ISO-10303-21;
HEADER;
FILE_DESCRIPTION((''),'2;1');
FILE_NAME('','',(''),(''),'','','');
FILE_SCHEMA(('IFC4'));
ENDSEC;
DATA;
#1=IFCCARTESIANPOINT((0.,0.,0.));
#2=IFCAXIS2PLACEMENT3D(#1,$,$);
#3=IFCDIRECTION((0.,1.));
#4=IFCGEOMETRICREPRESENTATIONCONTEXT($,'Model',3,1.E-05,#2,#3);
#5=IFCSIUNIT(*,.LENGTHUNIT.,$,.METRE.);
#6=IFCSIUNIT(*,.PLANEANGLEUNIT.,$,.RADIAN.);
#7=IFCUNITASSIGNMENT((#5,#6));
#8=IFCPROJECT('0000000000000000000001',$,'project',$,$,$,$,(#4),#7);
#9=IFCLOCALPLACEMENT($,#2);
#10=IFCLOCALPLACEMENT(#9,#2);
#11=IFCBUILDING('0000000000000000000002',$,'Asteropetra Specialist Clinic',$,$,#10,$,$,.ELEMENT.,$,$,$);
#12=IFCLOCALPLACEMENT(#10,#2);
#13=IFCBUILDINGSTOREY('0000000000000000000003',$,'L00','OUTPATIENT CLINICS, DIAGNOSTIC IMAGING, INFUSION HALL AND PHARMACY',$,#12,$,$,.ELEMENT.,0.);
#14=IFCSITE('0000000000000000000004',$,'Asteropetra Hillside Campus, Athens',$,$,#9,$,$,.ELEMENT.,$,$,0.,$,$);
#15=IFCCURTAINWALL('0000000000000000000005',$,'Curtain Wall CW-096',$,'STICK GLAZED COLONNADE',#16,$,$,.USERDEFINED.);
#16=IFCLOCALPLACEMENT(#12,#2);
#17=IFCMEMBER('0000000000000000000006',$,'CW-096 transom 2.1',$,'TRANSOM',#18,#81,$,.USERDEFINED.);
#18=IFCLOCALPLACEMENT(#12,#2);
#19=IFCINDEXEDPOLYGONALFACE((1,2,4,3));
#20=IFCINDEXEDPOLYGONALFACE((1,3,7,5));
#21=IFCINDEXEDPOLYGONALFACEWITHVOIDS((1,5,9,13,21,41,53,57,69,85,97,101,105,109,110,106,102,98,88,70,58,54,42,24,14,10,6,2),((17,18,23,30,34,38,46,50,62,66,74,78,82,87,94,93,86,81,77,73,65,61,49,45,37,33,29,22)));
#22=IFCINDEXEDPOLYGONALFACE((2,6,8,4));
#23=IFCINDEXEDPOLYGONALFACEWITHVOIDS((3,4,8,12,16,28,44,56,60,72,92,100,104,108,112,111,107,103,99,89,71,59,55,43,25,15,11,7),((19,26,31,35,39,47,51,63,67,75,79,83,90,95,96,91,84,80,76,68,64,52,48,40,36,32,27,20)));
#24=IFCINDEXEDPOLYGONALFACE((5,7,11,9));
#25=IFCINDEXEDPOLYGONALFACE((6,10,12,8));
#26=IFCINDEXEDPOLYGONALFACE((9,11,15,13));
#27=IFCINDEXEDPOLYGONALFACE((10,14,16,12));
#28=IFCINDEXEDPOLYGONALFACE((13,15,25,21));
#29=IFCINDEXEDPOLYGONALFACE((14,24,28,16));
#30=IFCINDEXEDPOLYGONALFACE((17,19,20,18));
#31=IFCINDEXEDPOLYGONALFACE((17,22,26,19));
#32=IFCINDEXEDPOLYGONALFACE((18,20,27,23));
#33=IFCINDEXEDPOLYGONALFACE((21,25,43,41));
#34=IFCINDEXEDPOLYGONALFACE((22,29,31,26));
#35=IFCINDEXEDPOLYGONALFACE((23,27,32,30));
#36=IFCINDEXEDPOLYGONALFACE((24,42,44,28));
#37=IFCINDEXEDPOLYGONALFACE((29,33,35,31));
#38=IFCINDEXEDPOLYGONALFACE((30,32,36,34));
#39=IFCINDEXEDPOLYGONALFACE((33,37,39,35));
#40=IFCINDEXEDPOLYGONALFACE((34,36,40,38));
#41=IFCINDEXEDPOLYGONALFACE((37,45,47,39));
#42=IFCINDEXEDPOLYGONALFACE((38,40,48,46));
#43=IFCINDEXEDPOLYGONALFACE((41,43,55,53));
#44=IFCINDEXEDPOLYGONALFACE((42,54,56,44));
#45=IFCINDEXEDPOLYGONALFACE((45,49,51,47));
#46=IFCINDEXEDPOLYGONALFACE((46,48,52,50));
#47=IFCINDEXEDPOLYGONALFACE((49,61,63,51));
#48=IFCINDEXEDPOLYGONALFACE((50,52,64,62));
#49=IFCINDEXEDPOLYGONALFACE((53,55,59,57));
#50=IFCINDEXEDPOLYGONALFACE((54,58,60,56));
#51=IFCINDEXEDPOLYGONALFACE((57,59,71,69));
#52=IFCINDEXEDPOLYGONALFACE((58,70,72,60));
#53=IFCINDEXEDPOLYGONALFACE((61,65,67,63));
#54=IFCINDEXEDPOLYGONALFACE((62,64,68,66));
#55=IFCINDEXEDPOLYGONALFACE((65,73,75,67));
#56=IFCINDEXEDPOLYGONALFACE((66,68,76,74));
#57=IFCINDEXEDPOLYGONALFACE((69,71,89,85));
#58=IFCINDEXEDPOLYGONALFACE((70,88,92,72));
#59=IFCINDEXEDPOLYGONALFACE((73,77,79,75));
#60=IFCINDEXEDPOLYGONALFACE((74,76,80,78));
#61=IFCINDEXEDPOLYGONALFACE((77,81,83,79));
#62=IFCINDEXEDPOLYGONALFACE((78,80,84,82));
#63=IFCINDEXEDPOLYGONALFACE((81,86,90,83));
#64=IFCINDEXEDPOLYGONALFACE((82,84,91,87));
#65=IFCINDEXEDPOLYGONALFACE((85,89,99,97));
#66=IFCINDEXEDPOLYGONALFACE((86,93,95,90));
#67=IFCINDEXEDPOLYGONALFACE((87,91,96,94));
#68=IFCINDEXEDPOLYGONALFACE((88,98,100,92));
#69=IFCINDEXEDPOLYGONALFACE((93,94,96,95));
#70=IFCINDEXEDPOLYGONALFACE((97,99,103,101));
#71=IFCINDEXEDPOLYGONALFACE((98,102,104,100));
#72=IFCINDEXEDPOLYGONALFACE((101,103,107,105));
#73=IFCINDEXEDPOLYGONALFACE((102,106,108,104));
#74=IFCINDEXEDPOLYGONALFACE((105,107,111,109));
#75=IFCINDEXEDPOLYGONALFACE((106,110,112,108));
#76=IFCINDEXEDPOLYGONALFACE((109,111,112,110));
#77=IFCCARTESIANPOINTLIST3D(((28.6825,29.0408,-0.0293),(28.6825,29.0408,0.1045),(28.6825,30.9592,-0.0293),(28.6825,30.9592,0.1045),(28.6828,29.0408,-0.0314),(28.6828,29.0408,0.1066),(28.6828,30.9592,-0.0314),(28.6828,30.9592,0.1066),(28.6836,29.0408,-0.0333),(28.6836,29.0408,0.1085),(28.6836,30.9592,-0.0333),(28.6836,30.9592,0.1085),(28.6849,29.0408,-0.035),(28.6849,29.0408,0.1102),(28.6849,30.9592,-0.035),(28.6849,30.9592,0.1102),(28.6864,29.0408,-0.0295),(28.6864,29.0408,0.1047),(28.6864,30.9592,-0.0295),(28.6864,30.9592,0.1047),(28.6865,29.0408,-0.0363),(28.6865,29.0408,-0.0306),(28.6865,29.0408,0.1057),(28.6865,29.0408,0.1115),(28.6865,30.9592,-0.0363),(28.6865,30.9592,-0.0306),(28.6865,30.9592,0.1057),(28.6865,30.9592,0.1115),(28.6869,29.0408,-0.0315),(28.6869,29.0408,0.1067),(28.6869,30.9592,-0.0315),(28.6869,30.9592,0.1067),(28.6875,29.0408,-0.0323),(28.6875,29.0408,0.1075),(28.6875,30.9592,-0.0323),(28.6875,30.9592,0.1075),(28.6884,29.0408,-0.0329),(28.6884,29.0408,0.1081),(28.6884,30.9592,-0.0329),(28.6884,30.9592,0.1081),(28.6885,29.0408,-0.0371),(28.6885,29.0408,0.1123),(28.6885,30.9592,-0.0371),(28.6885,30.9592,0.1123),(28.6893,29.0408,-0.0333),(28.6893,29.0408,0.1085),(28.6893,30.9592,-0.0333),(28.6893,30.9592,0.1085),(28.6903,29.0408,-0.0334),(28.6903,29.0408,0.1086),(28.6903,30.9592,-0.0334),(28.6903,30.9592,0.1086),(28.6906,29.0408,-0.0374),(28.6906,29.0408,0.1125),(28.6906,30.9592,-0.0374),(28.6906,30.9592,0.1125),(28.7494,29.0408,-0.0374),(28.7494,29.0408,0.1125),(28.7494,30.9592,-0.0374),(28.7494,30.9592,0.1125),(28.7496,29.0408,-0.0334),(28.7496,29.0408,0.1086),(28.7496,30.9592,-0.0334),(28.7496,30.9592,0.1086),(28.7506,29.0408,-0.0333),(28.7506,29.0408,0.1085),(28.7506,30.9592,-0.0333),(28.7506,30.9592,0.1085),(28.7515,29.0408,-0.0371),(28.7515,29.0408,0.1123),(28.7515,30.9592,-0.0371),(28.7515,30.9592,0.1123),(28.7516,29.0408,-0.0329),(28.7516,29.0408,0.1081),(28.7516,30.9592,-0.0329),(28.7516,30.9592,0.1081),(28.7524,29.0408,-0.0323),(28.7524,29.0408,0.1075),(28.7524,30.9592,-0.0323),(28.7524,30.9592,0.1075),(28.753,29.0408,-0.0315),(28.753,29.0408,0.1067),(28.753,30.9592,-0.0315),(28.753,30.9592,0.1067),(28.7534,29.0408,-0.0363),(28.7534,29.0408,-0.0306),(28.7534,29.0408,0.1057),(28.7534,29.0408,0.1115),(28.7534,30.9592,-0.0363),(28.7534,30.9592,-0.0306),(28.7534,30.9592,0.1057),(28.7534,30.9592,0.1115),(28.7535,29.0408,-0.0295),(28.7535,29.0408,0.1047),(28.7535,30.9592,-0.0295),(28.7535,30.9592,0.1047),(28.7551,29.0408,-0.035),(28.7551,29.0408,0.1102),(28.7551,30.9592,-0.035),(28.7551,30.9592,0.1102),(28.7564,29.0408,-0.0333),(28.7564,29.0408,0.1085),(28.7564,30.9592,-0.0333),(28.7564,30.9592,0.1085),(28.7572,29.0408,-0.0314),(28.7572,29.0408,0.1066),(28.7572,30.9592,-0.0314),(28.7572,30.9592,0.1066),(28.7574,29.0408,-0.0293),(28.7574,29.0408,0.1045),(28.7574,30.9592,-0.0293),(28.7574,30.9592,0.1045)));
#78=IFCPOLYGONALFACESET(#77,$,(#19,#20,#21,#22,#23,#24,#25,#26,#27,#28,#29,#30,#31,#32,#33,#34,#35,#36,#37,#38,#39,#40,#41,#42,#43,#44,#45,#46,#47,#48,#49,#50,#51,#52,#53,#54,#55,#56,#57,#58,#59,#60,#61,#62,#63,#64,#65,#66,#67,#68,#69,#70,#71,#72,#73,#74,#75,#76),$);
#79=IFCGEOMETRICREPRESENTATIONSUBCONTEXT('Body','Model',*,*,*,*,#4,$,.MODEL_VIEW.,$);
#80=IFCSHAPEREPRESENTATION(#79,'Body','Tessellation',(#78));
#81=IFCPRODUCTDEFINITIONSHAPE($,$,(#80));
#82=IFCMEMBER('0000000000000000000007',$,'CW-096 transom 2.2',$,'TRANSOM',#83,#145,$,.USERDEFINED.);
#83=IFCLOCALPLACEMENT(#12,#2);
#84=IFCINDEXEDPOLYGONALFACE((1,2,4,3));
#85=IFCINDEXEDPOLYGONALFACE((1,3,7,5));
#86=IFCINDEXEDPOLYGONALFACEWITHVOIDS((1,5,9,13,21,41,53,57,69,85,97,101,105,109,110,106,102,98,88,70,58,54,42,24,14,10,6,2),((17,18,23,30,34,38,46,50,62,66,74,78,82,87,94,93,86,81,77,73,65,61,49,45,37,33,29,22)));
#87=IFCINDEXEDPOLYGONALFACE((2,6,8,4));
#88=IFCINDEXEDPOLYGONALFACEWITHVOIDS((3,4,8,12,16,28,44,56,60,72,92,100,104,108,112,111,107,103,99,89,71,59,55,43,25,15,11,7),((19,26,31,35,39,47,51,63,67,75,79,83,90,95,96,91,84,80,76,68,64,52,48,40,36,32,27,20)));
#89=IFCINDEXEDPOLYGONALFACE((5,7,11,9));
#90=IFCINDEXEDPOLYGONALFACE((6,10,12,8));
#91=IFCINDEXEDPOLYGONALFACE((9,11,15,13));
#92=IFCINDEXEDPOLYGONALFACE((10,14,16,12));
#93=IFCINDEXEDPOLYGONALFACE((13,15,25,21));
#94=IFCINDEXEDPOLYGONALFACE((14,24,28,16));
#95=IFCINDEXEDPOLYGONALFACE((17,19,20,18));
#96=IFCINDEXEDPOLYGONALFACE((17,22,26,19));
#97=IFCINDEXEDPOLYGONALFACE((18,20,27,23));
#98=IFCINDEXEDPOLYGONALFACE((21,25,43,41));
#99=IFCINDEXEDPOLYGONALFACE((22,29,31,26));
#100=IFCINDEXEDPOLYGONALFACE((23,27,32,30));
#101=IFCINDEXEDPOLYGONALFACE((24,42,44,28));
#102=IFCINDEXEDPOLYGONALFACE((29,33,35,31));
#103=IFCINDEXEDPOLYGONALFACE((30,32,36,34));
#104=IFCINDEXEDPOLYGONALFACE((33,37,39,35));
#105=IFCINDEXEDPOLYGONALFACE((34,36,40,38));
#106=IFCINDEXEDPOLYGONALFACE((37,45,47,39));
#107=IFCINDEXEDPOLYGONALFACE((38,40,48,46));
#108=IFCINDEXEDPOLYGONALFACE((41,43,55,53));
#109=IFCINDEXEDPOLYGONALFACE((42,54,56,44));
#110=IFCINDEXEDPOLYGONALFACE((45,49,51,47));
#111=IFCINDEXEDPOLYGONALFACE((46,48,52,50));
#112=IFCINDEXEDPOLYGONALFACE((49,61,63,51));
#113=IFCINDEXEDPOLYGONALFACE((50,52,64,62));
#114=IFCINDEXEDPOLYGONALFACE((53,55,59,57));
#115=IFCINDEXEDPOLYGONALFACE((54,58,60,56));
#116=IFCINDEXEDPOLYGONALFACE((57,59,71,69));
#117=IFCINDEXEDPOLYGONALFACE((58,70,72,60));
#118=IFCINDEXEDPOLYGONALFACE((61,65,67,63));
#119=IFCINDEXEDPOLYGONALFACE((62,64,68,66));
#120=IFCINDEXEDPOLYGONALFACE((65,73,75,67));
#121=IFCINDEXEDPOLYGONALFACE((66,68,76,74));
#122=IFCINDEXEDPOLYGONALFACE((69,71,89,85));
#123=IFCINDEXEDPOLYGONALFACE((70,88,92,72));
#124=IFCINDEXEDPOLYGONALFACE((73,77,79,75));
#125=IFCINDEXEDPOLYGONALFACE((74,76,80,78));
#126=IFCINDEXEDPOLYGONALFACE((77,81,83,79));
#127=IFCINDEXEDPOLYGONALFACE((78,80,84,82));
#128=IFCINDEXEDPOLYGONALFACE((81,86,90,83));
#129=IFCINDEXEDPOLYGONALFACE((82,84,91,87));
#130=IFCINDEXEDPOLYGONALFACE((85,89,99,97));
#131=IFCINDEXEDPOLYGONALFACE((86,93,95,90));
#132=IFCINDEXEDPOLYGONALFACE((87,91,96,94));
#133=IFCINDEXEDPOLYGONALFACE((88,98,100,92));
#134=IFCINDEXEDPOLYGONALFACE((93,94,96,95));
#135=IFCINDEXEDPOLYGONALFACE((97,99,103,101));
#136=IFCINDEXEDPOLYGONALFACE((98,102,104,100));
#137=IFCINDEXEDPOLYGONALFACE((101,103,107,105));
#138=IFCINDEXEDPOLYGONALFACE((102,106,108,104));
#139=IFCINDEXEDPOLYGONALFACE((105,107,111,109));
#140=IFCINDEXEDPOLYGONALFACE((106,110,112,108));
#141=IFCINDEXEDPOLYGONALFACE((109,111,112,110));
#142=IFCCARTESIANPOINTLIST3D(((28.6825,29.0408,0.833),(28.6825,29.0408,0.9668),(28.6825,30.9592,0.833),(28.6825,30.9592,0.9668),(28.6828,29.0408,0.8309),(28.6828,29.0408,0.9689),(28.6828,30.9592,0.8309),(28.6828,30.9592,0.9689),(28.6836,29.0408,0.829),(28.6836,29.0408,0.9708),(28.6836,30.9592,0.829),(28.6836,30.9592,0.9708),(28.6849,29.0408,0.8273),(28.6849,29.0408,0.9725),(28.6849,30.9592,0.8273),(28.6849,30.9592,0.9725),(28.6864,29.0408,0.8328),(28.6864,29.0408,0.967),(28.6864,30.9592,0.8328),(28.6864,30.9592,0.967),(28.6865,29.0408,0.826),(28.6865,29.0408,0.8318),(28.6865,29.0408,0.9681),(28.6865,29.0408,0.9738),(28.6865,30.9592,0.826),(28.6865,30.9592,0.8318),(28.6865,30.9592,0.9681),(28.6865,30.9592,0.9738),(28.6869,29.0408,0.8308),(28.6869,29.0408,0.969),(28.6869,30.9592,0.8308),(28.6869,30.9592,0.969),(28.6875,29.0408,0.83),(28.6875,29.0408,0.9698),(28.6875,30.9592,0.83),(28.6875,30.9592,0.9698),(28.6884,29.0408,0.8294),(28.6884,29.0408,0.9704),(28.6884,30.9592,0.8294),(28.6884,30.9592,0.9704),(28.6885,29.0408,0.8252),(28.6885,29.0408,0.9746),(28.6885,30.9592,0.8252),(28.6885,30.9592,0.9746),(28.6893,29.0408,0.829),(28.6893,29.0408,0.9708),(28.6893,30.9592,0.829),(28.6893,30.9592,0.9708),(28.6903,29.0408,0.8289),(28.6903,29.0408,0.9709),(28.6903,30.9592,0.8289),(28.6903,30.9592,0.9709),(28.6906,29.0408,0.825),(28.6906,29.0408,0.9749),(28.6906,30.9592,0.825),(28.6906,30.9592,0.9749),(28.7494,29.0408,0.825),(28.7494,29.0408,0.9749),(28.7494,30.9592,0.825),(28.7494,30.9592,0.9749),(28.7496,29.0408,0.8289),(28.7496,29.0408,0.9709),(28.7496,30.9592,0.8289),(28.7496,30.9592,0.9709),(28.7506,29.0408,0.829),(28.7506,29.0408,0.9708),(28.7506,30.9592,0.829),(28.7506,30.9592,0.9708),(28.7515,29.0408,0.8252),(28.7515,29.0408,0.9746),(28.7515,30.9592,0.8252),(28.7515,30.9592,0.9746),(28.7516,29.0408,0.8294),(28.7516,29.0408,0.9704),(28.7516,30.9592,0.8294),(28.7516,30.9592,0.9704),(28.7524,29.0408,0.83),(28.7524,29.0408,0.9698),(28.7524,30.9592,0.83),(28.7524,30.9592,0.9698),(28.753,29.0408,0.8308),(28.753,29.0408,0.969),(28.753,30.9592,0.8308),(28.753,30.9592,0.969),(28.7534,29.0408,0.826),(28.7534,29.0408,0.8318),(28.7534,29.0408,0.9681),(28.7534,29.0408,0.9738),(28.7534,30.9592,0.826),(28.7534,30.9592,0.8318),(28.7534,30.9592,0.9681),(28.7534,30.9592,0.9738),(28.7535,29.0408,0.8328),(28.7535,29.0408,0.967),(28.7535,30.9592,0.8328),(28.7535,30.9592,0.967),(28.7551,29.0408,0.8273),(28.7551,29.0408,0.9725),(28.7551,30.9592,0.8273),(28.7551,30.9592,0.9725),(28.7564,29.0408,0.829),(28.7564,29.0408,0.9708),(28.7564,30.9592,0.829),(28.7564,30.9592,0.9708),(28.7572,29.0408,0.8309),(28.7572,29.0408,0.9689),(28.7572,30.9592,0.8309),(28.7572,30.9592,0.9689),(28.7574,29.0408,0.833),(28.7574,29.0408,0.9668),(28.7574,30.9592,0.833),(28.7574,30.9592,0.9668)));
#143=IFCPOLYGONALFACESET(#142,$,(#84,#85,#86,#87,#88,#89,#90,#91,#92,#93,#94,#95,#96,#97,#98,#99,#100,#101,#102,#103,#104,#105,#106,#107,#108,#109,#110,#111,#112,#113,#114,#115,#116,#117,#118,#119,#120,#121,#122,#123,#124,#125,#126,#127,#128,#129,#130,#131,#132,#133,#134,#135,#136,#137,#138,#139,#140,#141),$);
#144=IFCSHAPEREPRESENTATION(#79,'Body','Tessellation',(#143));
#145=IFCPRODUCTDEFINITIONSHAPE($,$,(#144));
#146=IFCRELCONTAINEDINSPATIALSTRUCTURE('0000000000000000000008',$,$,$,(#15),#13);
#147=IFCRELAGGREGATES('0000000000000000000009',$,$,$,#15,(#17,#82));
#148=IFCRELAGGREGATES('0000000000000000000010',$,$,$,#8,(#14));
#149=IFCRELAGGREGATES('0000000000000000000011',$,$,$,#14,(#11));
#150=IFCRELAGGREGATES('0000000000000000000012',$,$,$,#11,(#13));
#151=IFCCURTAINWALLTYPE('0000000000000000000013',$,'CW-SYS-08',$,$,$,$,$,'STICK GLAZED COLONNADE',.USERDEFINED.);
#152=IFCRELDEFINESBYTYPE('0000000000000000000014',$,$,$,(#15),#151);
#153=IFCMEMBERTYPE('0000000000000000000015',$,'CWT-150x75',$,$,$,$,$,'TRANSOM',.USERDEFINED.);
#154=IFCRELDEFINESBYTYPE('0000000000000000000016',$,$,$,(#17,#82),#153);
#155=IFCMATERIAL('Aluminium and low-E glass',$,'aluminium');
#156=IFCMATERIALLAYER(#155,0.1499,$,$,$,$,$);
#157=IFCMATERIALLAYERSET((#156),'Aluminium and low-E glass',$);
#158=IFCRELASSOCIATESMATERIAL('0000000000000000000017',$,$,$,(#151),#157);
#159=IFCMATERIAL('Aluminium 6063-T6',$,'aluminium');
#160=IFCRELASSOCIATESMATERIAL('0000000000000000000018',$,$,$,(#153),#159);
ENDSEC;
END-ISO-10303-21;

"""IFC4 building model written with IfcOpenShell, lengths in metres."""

from ifc_helpers import new_model, si_unit, direction, frame, origin, origin_2d, place, context, subcontext, project, spatial, hollow_rectangle, extrude, material, layer, layer_set, material_profile, profile_set, type_object, element, aggregate, save


model = new_model("IFC4")

# Units and contexts
model_context = context("Model", 3, precision=1e-05, world=origin(), true_north=direction((0.0, 1.0)))
body_context = subcontext(model_context, "Body", "Model", "MODEL_VIEW")
ifc_project = project(units=[si_unit("LENGTHUNIT", "METRE"), si_unit("PLANEANGLEUNIT", "RADIAN")], contexts=[model_context])

# Site, building, storey
site_placement = place(None, origin())
site = spatial("IfcSite", under=ifc_project, at=site_placement, Name="Asteropetra Hillside Campus, Athens", CompositionType="ELEMENT", RefElevation=0.0)
building_placement = place(site_placement, origin())
building = spatial("IfcBuilding", under=site, at=building_placement, Name="Asteropetra Specialist Clinic", CompositionType="ELEMENT")
storey_placement = place(building_placement, origin())
storey = spatial("IfcBuildingStorey", under=building, at=storey_placement, Name="L00", Description="OUTPATIENT CLINICS, DIAGNOSTIC IMAGING, INFUSION HALL AND PHARMACY", CompositionType="ELEMENT", Elevation=0.0)

# Curtain wall, members
ifc_material_1 = material(Name="Aluminium and low-E glass", Category="aluminium")
ifc_layer_1 = layer(ifc_material_1, 0.1499)
ifc_layer_set_1 = layer_set([ifc_layer_1], Name="Aluminium and low-E glass")
curtain_wall_type = type_object("IfcCurtainWallType", Name="CW-SYS-08", ElementType="STICK GLAZED COLONNADE", PredefinedType="USERDEFINED", material=ifc_layer_set_1)
curtain_wall_placement = place(storey_placement, origin())
curtain_wall = element("IfcCurtainWall", 1, at=curtain_wall_placement, inside=storey, type_object=curtain_wall_type, Name="Curtain Wall CW-096", ObjectType="STICK GLAZED COLONNADE", PredefinedType="USERDEFINED")
ifc_material_2 = material(Name="Aluminium 6063-T6", Category="aluminium")
ifc_material_profile_1 = material_profile(ifc_material_2, hollow_rectangle(XDim=0.075, YDim=0.1499, WallThickness=0.0039, InnerFilletRadius=0.0039, OuterFilletRadius=0.0081, at=origin_2d()), Name="TRN 150x75x4.0")
ifc_profile_set_1 = profile_set([ifc_material_profile_1], Name="Aluminium 6063-T6")
member_type_1 = type_object("IfcMemberType", Name="CWT-150x75", ElementType="TRANSOM", PredefinedType="USERDEFINED", material=ifc_profile_set_1)
member_1_placement = place(storey_placement, frame((28.72, 30.9592, 0.0376), z_axis=(0.0, -1.0, 0.0), x_axis=(1.0, 0.0, 0.0)))
member_1 = element("IfcMember", 2, at=member_1_placement, type_object=member_type_1, Name="CW-096 transom 2.1", ObjectType="TRANSOM", PredefinedType="USERDEFINED", context=body_context, shape_type="SweptSolid", body=[
    extrude(hollow_rectangle(XDim=0.075, YDim=0.1499, WallThickness=0.0039, InnerFilletRadius=0.0039, OuterFilletRadius=0.0081, at=origin_2d()), origin(), (0.0, 0.0, 1.0), 1.9185),
])
member_2_placement = place(storey_placement, frame((28.72, 30.9592, 0.8999), z_axis=(0.0, -1.0, 0.0), x_axis=(1.0, 0.0, 0.0)))
member_2 = element("IfcMember", 3, at=member_2_placement, type_object=member_type_1, Name="CW-096 transom 2.2", ObjectType="TRANSOM", PredefinedType="USERDEFINED", context=body_context, shape_type="SweptSolid", body=[
    extrude(hollow_rectangle(XDim=0.075, YDim=0.1499, WallThickness=0.0039, InnerFilletRadius=0.0039, OuterFilletRadius=0.0081, at=origin_2d()), origin(), (0.0, 0.0, 1.0), 1.9185),
])
aggregate(curtain_wall, [member_1, member_2])

save(model, "model.ifc")
